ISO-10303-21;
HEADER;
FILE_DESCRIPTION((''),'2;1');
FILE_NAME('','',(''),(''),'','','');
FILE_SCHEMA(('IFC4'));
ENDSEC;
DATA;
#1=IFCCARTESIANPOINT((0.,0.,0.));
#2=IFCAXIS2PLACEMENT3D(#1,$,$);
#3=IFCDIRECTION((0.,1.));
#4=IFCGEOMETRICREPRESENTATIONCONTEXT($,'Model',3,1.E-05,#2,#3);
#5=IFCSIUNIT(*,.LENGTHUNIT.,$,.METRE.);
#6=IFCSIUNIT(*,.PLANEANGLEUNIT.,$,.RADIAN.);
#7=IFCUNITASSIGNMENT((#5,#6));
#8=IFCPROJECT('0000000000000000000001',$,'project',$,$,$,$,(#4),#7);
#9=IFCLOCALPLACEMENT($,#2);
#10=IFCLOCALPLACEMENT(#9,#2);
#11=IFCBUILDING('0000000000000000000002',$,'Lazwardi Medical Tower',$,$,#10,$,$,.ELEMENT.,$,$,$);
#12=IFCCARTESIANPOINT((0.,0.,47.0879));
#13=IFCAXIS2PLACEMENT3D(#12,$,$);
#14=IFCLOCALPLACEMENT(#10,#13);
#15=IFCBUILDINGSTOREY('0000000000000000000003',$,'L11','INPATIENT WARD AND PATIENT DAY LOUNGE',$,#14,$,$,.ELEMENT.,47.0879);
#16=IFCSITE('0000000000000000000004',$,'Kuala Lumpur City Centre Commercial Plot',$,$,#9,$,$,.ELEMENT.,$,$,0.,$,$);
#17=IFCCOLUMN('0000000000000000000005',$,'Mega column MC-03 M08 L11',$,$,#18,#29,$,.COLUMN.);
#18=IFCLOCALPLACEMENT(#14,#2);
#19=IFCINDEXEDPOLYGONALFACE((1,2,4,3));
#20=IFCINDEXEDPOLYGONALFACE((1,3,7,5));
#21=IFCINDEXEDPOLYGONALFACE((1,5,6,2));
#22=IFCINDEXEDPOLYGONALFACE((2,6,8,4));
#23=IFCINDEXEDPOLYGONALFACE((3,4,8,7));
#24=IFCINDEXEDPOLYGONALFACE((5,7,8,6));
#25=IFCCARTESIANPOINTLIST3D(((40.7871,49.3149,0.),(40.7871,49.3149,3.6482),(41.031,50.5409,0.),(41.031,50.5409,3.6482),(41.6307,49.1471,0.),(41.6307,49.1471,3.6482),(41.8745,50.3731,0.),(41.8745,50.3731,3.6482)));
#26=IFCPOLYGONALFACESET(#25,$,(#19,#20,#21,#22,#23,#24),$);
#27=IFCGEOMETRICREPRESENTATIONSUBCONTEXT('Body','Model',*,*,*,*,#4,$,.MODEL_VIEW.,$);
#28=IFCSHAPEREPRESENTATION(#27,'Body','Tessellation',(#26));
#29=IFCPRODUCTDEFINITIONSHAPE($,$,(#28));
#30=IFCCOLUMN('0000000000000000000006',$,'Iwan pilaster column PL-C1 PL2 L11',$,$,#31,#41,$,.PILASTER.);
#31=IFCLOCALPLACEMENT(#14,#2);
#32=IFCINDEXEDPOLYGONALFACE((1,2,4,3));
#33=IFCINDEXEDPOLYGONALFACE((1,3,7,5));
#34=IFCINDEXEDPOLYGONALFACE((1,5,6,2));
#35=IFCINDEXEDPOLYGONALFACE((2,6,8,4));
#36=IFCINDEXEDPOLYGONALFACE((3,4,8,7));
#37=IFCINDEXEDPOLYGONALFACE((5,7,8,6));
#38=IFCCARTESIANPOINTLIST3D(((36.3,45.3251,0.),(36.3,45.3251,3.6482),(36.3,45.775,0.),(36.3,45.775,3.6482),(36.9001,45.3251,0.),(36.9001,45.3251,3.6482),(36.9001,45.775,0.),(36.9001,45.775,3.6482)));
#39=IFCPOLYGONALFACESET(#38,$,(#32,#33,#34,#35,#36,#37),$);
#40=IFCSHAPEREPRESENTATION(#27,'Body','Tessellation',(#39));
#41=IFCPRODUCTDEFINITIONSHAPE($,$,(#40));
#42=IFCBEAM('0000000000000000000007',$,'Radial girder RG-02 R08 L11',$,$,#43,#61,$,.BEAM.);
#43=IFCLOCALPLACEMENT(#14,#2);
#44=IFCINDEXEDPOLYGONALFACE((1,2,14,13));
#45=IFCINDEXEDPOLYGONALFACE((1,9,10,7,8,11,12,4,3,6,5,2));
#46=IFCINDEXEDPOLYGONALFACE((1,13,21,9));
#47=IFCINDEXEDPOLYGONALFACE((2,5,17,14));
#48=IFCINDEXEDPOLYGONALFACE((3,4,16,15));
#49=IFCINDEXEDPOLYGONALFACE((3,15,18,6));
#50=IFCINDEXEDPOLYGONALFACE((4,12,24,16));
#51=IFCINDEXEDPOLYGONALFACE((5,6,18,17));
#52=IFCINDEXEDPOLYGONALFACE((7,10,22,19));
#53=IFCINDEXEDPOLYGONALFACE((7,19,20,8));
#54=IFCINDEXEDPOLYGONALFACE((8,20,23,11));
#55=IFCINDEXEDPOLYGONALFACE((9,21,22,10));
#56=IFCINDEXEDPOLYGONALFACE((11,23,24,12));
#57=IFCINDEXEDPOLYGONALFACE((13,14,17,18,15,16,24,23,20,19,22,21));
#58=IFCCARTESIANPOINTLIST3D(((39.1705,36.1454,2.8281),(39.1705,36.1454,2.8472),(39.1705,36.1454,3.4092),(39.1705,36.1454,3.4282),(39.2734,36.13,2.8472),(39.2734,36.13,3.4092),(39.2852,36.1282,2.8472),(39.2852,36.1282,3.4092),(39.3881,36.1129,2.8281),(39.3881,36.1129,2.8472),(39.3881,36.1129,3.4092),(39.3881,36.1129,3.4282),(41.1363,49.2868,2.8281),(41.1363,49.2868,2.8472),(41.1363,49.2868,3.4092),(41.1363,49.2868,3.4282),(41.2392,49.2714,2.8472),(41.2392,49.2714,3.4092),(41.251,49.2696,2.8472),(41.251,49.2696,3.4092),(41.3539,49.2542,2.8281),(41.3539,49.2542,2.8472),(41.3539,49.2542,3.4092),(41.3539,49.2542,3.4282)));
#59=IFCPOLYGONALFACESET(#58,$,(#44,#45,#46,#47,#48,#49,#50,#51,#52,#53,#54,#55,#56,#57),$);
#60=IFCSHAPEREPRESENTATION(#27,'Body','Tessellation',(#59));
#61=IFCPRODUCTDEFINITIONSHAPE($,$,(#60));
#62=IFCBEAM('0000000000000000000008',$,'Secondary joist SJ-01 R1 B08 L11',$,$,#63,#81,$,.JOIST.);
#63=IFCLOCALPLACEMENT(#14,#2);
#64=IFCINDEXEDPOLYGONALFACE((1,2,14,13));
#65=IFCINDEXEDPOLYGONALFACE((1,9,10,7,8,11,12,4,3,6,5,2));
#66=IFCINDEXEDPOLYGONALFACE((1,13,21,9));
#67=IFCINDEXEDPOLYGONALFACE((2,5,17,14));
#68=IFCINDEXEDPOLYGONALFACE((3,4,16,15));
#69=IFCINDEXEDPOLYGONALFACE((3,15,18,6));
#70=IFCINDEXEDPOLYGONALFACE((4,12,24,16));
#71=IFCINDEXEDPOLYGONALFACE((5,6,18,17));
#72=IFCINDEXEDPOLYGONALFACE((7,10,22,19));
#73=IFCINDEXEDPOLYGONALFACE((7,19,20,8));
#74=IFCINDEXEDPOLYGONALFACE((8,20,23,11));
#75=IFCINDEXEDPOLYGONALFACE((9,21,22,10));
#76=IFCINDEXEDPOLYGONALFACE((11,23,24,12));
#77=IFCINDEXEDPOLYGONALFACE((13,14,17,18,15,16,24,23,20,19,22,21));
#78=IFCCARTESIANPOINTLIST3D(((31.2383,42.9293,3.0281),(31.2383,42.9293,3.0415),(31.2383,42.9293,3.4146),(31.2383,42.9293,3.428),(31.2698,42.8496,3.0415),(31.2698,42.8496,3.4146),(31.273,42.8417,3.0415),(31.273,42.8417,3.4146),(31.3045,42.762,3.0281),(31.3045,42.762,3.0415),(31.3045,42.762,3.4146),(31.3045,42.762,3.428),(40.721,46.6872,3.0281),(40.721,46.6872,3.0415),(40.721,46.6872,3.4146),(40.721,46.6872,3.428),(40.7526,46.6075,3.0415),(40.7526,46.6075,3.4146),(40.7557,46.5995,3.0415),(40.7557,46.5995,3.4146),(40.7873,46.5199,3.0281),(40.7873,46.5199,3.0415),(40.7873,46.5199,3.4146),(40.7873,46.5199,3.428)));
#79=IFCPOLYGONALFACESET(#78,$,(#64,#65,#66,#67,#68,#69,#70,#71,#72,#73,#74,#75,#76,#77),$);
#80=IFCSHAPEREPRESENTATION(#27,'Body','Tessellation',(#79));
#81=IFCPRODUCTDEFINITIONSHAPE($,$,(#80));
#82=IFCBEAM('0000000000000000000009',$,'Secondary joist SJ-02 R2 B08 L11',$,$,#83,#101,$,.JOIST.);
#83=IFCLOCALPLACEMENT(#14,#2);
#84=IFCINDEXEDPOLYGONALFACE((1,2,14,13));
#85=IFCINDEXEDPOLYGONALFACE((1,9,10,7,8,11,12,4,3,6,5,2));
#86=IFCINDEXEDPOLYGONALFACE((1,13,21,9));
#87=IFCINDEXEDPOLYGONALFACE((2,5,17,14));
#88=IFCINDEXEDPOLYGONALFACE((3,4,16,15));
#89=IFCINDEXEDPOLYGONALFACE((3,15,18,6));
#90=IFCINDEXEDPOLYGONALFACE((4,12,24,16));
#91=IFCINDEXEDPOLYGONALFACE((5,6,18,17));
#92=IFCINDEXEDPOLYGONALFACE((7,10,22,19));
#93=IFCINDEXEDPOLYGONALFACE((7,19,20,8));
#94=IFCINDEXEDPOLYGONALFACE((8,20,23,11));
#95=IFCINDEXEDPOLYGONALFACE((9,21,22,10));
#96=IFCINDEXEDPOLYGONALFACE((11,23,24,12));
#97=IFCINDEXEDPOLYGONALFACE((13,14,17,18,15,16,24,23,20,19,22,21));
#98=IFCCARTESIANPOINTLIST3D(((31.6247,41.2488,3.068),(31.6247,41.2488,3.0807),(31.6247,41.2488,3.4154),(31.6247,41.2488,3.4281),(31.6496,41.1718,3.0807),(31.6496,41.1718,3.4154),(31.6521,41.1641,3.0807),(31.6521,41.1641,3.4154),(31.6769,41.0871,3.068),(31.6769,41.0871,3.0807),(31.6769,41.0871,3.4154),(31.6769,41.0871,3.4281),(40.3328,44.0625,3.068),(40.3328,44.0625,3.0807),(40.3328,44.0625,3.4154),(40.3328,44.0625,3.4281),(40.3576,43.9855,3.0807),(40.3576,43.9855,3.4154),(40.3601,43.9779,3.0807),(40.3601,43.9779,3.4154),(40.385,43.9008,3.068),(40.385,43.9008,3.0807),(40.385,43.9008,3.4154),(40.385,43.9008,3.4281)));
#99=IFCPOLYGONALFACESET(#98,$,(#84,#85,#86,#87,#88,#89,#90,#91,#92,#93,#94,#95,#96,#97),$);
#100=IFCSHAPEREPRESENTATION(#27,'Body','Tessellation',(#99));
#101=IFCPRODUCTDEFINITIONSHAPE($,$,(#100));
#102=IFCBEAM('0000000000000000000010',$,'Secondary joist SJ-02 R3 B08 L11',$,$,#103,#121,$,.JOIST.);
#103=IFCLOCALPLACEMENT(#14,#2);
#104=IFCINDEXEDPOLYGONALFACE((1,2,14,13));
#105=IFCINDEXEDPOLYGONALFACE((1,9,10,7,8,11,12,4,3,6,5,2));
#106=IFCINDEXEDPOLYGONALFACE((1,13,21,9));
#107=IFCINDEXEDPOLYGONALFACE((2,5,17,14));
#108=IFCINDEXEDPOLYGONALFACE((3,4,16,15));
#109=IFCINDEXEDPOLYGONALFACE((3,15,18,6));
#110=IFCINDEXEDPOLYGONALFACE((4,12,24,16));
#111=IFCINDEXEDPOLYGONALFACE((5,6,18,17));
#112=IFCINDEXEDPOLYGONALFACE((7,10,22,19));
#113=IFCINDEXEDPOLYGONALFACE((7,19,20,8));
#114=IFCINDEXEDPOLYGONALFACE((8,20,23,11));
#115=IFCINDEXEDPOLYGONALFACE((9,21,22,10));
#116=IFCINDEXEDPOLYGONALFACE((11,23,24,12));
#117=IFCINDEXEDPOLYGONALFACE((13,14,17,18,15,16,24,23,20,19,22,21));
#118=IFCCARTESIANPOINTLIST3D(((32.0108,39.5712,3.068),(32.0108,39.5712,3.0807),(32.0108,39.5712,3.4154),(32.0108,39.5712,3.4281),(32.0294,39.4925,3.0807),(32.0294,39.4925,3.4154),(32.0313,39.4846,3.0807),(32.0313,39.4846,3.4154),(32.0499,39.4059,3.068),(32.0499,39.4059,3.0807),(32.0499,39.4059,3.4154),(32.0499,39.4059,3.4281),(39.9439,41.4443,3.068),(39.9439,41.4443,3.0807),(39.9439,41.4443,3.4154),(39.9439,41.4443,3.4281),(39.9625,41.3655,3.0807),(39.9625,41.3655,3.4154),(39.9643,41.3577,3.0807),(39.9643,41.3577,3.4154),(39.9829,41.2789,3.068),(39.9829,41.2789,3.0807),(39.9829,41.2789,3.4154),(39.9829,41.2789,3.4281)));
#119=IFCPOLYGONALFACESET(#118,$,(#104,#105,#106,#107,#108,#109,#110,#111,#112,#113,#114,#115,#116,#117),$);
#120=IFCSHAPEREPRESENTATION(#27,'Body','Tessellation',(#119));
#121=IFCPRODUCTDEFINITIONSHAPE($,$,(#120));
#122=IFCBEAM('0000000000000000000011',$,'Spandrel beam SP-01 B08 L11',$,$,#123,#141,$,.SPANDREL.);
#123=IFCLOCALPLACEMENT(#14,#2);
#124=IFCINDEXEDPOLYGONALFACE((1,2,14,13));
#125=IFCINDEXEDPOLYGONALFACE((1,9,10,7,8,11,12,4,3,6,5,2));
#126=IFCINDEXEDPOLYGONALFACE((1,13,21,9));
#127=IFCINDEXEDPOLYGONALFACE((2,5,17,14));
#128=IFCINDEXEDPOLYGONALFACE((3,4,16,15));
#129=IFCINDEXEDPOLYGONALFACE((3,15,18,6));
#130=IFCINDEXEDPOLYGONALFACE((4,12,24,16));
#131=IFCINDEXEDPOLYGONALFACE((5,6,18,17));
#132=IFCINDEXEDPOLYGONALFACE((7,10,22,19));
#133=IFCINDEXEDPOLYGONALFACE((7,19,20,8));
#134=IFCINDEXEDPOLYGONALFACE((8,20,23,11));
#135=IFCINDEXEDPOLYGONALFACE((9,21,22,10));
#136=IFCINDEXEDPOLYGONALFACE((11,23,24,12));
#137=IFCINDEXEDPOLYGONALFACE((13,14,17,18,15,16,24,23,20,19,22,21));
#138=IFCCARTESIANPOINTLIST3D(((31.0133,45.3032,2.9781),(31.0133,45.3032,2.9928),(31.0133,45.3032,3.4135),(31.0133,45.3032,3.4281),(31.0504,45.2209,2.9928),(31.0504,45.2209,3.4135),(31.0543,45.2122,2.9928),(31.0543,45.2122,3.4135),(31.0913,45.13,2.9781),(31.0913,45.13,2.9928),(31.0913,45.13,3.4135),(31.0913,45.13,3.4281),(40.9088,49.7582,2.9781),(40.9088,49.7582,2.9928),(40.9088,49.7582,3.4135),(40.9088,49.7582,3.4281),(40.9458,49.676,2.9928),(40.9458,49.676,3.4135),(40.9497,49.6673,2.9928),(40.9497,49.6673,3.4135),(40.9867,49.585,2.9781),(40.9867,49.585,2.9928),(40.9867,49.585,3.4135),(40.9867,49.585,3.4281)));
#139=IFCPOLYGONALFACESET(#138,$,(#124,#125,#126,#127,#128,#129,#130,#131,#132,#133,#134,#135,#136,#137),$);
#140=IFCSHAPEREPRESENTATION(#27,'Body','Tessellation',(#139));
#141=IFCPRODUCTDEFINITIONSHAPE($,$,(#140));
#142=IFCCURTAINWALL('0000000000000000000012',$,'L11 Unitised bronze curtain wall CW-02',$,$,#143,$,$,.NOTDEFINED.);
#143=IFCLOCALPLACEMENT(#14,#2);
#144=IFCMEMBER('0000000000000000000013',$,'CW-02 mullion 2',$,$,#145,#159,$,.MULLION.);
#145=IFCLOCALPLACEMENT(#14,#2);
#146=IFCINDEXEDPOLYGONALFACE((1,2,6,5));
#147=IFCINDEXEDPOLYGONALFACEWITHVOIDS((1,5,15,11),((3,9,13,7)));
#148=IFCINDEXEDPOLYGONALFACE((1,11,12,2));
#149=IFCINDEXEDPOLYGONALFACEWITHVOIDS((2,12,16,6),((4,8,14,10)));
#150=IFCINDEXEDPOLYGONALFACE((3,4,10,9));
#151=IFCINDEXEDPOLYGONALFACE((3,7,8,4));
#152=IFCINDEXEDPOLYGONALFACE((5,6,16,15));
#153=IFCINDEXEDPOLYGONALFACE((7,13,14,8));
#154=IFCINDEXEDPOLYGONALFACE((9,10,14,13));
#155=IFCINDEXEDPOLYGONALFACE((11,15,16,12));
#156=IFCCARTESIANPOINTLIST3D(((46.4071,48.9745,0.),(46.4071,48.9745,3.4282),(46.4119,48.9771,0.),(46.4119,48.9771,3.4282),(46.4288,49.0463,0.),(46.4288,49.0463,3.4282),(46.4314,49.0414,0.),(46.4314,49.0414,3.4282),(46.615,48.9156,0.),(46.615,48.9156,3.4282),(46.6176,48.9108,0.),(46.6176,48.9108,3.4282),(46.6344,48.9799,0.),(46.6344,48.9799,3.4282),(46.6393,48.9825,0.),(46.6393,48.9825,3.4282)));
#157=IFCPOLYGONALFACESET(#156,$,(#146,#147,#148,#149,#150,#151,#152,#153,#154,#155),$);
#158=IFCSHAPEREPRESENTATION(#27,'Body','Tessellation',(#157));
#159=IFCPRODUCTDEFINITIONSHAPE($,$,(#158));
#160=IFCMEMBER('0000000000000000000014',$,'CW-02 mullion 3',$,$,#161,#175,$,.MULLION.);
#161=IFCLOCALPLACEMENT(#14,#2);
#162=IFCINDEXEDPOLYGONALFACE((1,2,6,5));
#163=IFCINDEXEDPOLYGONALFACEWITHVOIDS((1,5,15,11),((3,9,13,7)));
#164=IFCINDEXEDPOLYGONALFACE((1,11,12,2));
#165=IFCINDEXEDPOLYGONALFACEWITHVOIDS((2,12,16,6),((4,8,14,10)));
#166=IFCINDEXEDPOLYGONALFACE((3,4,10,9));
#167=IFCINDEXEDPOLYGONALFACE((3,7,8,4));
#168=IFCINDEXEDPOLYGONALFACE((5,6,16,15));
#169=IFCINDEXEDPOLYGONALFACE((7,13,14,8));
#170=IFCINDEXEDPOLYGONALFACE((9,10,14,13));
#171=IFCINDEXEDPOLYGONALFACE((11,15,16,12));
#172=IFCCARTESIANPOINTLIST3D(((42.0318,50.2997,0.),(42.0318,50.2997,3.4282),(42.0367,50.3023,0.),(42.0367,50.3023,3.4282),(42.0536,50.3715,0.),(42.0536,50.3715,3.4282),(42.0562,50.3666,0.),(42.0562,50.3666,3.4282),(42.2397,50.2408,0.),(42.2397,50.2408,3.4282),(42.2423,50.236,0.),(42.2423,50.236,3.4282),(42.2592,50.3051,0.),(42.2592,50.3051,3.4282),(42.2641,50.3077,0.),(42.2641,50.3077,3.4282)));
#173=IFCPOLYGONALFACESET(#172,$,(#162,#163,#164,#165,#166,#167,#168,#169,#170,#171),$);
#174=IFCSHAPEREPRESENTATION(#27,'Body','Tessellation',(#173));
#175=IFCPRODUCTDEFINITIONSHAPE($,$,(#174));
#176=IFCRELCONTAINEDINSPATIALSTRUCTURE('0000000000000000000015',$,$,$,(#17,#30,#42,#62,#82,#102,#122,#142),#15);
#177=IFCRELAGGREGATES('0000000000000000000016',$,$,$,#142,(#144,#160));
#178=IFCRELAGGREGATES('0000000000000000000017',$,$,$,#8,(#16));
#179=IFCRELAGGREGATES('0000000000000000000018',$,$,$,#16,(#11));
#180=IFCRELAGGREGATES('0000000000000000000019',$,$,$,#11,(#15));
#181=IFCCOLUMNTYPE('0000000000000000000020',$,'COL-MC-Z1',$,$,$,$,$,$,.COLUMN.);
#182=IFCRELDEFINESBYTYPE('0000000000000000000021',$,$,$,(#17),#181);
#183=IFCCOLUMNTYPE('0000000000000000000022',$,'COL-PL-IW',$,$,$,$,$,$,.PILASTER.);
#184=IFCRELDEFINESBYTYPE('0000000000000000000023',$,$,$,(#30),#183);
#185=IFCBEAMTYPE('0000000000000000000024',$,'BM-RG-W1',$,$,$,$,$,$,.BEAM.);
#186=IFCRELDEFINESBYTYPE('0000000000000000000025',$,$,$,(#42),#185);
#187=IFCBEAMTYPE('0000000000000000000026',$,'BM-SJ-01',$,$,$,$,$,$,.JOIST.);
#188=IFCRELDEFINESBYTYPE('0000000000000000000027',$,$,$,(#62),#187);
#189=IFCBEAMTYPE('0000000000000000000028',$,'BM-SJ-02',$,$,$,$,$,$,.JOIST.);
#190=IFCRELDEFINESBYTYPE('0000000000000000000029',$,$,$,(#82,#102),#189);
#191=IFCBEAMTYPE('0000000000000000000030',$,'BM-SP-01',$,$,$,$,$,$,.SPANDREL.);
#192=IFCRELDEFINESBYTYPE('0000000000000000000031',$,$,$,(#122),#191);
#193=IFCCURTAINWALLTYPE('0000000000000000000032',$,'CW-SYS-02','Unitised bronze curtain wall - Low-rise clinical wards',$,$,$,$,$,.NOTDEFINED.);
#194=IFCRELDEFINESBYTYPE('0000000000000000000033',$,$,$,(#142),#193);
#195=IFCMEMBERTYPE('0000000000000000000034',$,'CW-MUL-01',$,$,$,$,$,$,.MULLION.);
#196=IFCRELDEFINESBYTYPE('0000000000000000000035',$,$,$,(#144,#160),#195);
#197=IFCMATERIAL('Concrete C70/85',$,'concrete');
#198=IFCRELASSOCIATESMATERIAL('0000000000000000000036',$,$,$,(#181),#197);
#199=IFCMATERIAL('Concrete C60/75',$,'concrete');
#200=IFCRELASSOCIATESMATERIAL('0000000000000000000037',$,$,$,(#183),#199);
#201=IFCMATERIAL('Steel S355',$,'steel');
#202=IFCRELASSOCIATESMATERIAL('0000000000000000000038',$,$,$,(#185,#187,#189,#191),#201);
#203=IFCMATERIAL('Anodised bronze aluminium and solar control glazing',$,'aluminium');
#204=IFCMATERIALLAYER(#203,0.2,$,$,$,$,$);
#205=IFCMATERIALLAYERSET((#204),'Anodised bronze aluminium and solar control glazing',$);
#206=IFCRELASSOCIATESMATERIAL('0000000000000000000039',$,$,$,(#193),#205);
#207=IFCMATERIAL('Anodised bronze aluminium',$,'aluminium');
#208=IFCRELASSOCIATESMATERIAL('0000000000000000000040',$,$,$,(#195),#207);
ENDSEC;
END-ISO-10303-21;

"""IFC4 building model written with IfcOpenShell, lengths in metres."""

from ifc_helpers import new_model, si_unit, direction, frame, origin, origin_2d, place, context, subcontext, project, spatial, rectangle, hollow_rectangle, i_section, extrude, material, layer, layer_set, material_profile, profile_set, type_object, element, aggregate, save


model = new_model("IFC4")

# Units and contexts
model_context = context("Model", 3, precision=1e-05, world=origin(), true_north=direction((0.0, 1.0)))
body_context = subcontext(model_context, "Body", "Model", "MODEL_VIEW")
ifc_project = project(units=[si_unit("LENGTHUNIT", "METRE"), si_unit("PLANEANGLEUNIT", "RADIAN")], contexts=[model_context])

# Site, building, storey
site_placement = place(None, origin())
site = spatial("IfcSite", under=ifc_project, at=site_placement, Name="Kuala Lumpur City Centre Commercial Plot", CompositionType="ELEMENT", RefElevation=0.0)
building_placement = place(site_placement, origin())
building = spatial("IfcBuilding", under=site, at=building_placement, Name="Lazwardi Medical Tower", CompositionType="ELEMENT")
storey_placement = place(building_placement, frame((0.0, 0.0, 47.0879)))
storey = spatial("IfcBuildingStorey", under=building, at=storey_placement, Name="L11", Description="INPATIENT WARD AND PATIENT DAY LOUNGE", CompositionType="ELEMENT", Elevation=47.0879)

# Columns
ifc_material_1 = material(Name="Concrete C70/85", Category="concrete")
ifc_material_profile_1 = material_profile(ifc_material_1, rectangle(XDim=1.25, YDim=0.8601, at=origin_2d()), Name="CFT-RECT 1250x860")
ifc_profile_set_1 = profile_set([ifc_material_profile_1], Name="Concrete C70/85")
column_type_1 = type_object("IfcColumnType", Name="COL-MC-Z1", PredefinedType="COLUMN", material=ifc_profile_set_1)
column_1_placement = place(storey_placement, frame((41.3308, 49.844, 0.0), z_axis=(0.0, 0.0, 1.0), x_axis=(0.19509, 0.980785, 0.0)))
element("IfcColumn", 1, at=column_1_placement, inside=storey, type_object=column_type_1, Name="Mega column MC-03 M08 L11", PredefinedType="COLUMN", context=body_context, shape_type="SweptSolid", body=[
    extrude(rectangle(XDim=1.25, YDim=0.8601, at=origin_2d()), origin(), (0.0, 0.0, 1.0), 3.6482),
])
ifc_material_2 = material(Name="Concrete C60/75", Category="concrete")
ifc_material_profile_2 = material_profile(ifc_material_2, rectangle(XDim=0.6001, YDim=0.45, at=origin_2d()), Name="RC 600x450")
ifc_profile_set_2 = profile_set([ifc_material_profile_2], Name="Concrete C60/75")
column_type_2 = type_object("IfcColumnType", Name="COL-PL-IW", PredefinedType="PILASTER", material=ifc_profile_set_2)
column_2_placement = place(storey_placement, frame((36.6001, 45.55, 0.0), z_axis=(0.0, 0.0, 1.0), x_axis=(1.0, 0.0, 0.0)))
element("IfcColumn", 2, at=column_2_placement, inside=storey, type_object=column_type_2, Name="Iwan pilaster column PL-C1 PL2 L11", PredefinedType="PILASTER", context=body_context, shape_type="SweptSolid", body=[
    extrude(rectangle(XDim=0.6001, YDim=0.45, at=origin_2d()), origin(), (0.0, 0.0, 1.0), 3.6482),
])

# Beams
ifc_material_3 = material(Name="Steel S355", Category="steel")
ifc_material_profile_3 = material_profile(ifc_material_3, i_section(OverallWidth=0.22, OverallDepth=0.6001, WebThickness=0.012, FlangeThickness=0.019, at=origin_2d()), Name="IPE 600")
ifc_profile_set_3 = profile_set([ifc_material_profile_3], Name="Steel S355")
beam_type_1 = type_object("IfcBeamType", Name="BM-RG-W1", PredefinedType="BEAM", material=ifc_profile_set_3)
beam_1_placement = place(storey_placement, frame((41.2451, 49.2705, 3.1282), z_axis=(-0.147944, -0.988996, 0.0), x_axis=(0.988996, -0.147944, 0.0)))
element("IfcBeam", 3, at=beam_1_placement, inside=storey, type_object=beam_type_1, Name="Radial girder RG-02 R08 L11", PredefinedType="BEAM", context=body_context, shape_type="SweptSolid", body=[
    extrude(i_section(OverallWidth=0.22, OverallDepth=0.6001, WebThickness=0.012, FlangeThickness=0.019, at=origin_2d()), origin(), (0.0, 0.0, 1.0), 13.2876),
])
ifc_material_profile_4 = material_profile(ifc_material_3, i_section(OverallWidth=0.1799, OverallDepth=0.3999, WebThickness=0.0085, FlangeThickness=0.0134, at=origin_2d()), Name="IPE 400")
ifc_profile_set_4 = profile_set([ifc_material_profile_4], Name="Steel S355")
beam_type_2 = type_object("IfcBeamType", Name="BM-SJ-01", PredefinedType="JOIST", material=ifc_profile_set_4)
beam_2_placement = place(storey_placement, frame((40.7542, 46.6035, 3.228), z_axis=(-0.929664, -0.368409, 0.0), x_axis=(0.368409, -0.929664, 0.0)))
element("IfcBeam", 4, at=beam_2_placement, inside=storey, type_object=beam_type_2, Name="Secondary joist SJ-01 R1 B08 L11", PredefinedType="JOIST", context=body_context, shape_type="SweptSolid", body=[
    extrude(i_section(OverallWidth=0.1799, OverallDepth=0.3999, WebThickness=0.0085, FlangeThickness=0.0134, at=origin_2d()), origin(), (0.0, 0.0, 1.0), 10.2002),
])
ifc_material_profile_5 = material_profile(ifc_material_3, i_section(OverallWidth=0.1699, OverallDepth=0.3601, WebThickness=0.0081, FlangeThickness=0.0127, at=origin_2d()), Name="IPE 360")
ifc_profile_set_5 = profile_set([ifc_material_profile_5], Name="Steel S355")
beam_type_3 = type_object("IfcBeamType", Name="BM-SJ-02", PredefinedType="JOIST", material=ifc_profile_set_5)
beam_3_placement = place(storey_placement, frame((40.3589, 43.9817, 3.248), z_axis=(-0.951559, -0.307467, 0.0), x_axis=(0.307467, -0.951559, 0.0)))
element("IfcBeam", 5, at=beam_3_placement, inside=storey, type_object=beam_type_3, Name="Secondary joist SJ-02 R2 B08 L11", PredefinedType="JOIST", context=body_context, shape_type="SweptSolid", body=[
    extrude(i_section(OverallWidth=0.1699, OverallDepth=0.3601, WebThickness=0.0081, FlangeThickness=0.0127, at=origin_2d()), origin(), (0.0, 0.0, 1.0), 9.1514),
])
beam_4_placement = place(storey_placement, frame((39.9634, 41.3616, 3.248), z_axis=(-0.973241, -0.229787, 0.0), x_axis=(0.229787, -0.973241, 0.0)))
element("IfcBeam", 6, at=beam_4_placement, inside=storey, type_object=beam_type_3, Name="Secondary joist SJ-02 R3 B08 L11", PredefinedType="JOIST", context=body_context, shape_type="SweptSolid", body=[
    extrude(i_section(OverallWidth=0.1699, OverallDepth=0.3601, WebThickness=0.0081, FlangeThickness=0.0127, at=origin_2d()), origin(), (0.0, 0.0, 1.0), 8.1511),
])
ifc_material_profile_6 = material_profile(ifc_material_3, i_section(OverallWidth=0.1899, OverallDepth=0.45, WebThickness=0.0095, FlangeThickness=0.0146, at=origin_2d()), Name="IPE 450")
ifc_profile_set_6 = profile_set([ifc_material_profile_6], Name="Steel S355")
beam_type_4 = type_object("IfcBeamType", Name="BM-SP-01", PredefinedType="SPANDREL", material=ifc_profile_set_6)
beam_5_placement = place(storey_placement, frame((40.9478, 49.6716, 3.2031), z_axis=(-0.911849, -0.410526, 0.0), x_axis=(0.410526, -0.911849, 0.0)))
element("IfcBeam", 7, at=beam_5_placement, inside=storey, type_object=beam_type_4, Name="Spandrel beam SP-01 B08 L11", PredefinedType="SPANDREL", context=body_context, shape_type="SweptSolid", body=[
    extrude(i_section(OverallWidth=0.1899, OverallDepth=0.45, WebThickness=0.0095, FlangeThickness=0.0146, at=origin_2d()), origin(), (0.0, 0.0, 1.0), 10.8521),
])

# Curtain wall, members
ifc_material_4 = material(Name="Anodised bronze aluminium and solar control glazing", Category="aluminium")
ifc_layer_1 = layer(ifc_material_4, 0.2)
ifc_layer_set_1 = layer_set([ifc_layer_1], Name="Anodised bronze aluminium and solar control glazing")
curtain_wall_type_1 = type_object("IfcCurtainWallType", Name="CW-SYS-02", Description="Unitised bronze curtain wall - Low-rise clinical wards", PredefinedType="NOTDEFINED", material=ifc_layer_set_1)
curtain_wall_1_placement = place(storey_placement, origin())
curtain_wall_1 = element("IfcCurtainWall", 8, at=curtain_wall_1_placement, inside=storey, type_object=curtain_wall_type_1, Name="L11 Unitised bronze curtain wall CW-02", PredefinedType="NOTDEFINED")
ifc_material_5 = material(Name="Anodised bronze aluminium", Category="aluminium")
ifc_material_profile_7 = material_profile(ifc_material_5, hollow_rectangle(XDim=0.075, YDim=0.22, WallThickness=0.0039, at=origin_2d()), Name="ALU-MULLION 220x75x4")
ifc_profile_set_7 = profile_set([ifc_material_profile_7], Name="Anodised bronze aluminium")
member_type_1 = type_object("IfcMemberType", Name="CW-MUL-01", PredefinedType="MULLION", material=ifc_profile_set_7)
member_1_placement = place(storey_placement, frame((46.5232, 48.9785, 0.0), z_axis=(0.0, 0.0, 1.0), x_axis=(-0.289896, -0.957058, 0.0)))
member_1 = element("IfcMember", 9, at=member_1_placement, type_object=member_type_1, Name="CW-02 mullion 2", PredefinedType="MULLION", context=body_context, shape_type="SweptSolid", body=[
    extrude(hollow_rectangle(XDim=0.075, YDim=0.22, WallThickness=0.0039, at=origin_2d()), origin(), (0.0, 0.0, 1.0), 3.4282),
])
member_2_placement = place(storey_placement, frame((42.1479, 50.3037, 0.0), z_axis=(0.0, 0.0, 1.0), x_axis=(-0.289896, -0.957058, 0.0)))
member_2 = element("IfcMember", 10, at=member_2_placement, type_object=member_type_1, Name="CW-02 mullion 3", PredefinedType="MULLION", context=body_context, shape_type="SweptSolid", body=[
    extrude(hollow_rectangle(XDim=0.075, YDim=0.22, WallThickness=0.0039, at=origin_2d()), origin(), (0.0, 0.0, 1.0), 3.4282),
])

aggregate(curtain_wall_1, [member_1, member_2])

save(model, "model.ifc")
